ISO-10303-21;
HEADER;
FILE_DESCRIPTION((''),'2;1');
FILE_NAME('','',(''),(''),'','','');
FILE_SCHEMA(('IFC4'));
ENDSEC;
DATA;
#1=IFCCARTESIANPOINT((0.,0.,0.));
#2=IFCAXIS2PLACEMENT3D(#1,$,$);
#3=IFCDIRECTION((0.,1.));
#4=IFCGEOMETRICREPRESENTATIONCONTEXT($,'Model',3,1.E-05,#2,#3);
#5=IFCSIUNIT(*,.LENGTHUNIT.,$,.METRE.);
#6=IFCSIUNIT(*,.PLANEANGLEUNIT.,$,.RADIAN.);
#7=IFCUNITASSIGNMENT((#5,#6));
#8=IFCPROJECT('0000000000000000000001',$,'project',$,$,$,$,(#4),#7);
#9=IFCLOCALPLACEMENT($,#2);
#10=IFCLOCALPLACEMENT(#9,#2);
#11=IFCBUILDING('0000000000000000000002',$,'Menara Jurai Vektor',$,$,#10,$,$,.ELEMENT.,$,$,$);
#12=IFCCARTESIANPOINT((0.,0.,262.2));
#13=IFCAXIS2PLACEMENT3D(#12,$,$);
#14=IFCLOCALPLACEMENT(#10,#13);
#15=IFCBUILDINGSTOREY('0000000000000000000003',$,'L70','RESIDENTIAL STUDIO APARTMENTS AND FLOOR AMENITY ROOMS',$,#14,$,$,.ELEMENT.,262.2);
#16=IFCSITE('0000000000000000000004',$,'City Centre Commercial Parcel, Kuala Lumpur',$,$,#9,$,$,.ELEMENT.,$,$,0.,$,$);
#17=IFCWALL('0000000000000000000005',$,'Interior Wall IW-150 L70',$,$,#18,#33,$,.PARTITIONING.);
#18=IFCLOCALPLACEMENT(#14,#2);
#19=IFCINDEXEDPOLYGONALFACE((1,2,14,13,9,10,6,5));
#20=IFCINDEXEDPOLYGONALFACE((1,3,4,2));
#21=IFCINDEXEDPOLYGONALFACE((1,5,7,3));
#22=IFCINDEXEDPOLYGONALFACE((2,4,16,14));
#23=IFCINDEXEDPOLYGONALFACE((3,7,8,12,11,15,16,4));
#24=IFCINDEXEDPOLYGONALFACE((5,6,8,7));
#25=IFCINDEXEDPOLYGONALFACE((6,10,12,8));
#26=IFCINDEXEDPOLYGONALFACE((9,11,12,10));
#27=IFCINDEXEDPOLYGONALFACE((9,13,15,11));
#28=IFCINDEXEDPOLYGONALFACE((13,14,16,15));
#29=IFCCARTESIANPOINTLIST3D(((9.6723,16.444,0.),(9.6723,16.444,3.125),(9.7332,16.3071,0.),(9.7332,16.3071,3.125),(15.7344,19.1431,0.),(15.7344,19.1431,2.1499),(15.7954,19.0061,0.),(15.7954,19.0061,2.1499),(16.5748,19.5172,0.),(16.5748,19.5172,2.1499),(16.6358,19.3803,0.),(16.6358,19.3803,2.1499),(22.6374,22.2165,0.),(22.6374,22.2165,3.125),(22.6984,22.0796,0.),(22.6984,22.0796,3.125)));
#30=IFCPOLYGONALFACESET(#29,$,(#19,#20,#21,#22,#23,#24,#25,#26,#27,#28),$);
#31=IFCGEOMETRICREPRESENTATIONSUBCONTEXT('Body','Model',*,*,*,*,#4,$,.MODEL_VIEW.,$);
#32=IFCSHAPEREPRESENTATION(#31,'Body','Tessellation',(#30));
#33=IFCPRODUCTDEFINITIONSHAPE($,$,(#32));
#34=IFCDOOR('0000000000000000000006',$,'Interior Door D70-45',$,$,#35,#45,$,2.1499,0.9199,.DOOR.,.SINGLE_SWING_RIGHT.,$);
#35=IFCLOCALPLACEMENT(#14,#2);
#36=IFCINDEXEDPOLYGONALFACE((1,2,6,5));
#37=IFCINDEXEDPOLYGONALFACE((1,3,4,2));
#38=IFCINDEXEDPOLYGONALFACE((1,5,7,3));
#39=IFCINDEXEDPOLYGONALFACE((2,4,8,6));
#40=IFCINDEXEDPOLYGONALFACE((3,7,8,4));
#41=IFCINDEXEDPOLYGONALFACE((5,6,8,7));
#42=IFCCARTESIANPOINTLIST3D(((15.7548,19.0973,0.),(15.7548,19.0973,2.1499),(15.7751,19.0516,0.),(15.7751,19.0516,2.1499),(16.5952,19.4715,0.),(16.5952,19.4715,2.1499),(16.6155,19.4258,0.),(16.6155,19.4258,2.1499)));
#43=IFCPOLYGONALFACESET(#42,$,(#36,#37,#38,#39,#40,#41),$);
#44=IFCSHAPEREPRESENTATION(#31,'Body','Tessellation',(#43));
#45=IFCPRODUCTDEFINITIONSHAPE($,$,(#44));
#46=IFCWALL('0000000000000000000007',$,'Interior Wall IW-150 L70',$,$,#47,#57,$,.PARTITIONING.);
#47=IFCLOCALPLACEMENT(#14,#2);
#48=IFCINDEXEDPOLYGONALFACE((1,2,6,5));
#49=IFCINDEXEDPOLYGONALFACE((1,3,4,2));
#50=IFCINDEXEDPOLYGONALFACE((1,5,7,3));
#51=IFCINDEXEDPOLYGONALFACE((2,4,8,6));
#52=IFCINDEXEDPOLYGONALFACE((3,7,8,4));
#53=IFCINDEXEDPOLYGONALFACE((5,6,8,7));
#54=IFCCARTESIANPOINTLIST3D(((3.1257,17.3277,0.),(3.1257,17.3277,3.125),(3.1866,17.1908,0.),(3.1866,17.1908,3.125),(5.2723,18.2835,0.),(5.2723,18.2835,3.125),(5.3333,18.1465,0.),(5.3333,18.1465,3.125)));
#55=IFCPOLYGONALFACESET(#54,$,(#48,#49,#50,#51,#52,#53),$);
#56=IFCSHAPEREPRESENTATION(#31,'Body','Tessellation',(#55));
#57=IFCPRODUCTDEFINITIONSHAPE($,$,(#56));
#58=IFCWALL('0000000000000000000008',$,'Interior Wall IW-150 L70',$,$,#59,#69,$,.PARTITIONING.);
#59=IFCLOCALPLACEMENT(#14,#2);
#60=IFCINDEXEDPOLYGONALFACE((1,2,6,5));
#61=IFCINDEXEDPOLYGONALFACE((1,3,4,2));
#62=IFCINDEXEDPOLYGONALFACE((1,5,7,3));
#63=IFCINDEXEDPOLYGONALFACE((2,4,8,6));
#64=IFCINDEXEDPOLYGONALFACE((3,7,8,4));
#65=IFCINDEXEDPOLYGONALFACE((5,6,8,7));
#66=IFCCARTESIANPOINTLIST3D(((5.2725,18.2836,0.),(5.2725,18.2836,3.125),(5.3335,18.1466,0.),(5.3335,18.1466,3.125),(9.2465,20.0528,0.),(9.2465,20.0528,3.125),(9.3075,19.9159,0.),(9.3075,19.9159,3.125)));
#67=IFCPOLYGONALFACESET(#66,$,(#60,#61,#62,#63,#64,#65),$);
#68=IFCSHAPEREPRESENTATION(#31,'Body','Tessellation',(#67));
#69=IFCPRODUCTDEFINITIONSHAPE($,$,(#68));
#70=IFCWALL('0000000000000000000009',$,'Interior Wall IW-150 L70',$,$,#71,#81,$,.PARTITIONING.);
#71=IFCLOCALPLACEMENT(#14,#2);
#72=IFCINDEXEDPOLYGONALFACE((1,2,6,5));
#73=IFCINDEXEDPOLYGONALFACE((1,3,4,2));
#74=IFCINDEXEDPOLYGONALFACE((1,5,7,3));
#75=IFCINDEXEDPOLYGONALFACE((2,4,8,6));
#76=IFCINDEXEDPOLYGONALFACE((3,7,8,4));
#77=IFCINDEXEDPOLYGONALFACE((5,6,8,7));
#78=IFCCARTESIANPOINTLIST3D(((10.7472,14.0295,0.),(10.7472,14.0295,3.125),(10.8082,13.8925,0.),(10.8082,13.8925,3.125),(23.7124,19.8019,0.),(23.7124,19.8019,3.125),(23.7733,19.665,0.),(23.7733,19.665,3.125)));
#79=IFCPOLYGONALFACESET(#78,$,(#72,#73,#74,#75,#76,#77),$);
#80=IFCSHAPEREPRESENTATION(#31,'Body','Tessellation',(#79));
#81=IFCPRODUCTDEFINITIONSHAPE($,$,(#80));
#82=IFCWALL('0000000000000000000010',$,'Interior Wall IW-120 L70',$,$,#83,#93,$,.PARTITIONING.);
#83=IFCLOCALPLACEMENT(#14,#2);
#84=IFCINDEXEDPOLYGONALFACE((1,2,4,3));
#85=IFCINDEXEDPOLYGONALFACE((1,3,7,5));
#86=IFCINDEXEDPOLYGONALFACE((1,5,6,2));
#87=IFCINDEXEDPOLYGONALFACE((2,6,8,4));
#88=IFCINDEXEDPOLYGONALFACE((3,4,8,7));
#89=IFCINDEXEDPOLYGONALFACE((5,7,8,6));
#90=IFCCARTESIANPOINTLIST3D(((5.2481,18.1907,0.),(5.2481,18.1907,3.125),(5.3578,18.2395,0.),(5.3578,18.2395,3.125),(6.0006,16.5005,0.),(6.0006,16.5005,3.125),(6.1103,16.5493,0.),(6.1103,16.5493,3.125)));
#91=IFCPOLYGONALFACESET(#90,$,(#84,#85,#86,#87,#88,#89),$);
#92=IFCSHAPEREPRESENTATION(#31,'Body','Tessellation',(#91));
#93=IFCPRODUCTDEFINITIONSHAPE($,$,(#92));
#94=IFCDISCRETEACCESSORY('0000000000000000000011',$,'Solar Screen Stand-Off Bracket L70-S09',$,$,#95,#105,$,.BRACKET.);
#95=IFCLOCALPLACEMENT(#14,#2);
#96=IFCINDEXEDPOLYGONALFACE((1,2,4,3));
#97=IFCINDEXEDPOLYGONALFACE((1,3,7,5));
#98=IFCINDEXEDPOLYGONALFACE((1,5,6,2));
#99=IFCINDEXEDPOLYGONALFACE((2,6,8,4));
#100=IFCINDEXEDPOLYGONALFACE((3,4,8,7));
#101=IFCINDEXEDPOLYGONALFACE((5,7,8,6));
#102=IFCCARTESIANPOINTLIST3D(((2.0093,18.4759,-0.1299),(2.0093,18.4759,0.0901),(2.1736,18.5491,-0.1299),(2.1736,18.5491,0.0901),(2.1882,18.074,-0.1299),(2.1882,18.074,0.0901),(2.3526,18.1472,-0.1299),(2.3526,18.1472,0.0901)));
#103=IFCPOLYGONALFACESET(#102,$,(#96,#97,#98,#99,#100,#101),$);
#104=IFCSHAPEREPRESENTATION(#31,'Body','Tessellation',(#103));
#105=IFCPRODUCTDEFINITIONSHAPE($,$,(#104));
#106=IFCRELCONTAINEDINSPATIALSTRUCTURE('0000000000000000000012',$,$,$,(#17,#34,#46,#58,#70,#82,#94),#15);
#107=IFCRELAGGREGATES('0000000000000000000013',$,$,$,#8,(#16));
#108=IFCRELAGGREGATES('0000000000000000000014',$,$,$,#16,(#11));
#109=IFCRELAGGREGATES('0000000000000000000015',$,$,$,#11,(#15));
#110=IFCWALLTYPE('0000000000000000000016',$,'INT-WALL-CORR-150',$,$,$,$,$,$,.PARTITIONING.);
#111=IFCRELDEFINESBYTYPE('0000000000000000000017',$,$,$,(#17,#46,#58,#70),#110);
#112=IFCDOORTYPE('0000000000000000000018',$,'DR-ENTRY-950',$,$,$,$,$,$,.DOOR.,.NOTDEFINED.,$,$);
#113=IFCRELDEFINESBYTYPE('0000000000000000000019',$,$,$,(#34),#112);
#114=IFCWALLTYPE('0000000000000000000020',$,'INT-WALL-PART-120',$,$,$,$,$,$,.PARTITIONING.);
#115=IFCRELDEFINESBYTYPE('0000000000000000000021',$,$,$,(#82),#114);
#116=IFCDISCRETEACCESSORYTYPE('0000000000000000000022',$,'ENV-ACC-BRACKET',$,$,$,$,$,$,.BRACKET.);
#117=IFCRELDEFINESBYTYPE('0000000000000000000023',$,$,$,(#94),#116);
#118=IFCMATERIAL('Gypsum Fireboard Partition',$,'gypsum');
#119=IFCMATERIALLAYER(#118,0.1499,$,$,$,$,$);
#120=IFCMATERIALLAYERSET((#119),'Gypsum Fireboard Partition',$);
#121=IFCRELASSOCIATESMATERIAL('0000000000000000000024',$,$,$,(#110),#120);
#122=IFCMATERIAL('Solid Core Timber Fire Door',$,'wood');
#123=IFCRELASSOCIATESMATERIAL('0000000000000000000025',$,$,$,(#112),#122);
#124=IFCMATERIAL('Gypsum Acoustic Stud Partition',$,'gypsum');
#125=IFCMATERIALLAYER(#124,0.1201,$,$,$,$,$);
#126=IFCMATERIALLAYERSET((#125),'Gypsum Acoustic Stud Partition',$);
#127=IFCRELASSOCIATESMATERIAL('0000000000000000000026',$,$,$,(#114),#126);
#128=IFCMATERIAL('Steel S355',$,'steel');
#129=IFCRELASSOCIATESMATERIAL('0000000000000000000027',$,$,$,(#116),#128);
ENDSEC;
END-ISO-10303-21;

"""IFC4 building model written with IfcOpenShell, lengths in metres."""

from ifc_helpers import new_model, si_unit, direction, frame, frame_2d, origin, origin_2d, place, context, subcontext, project, spatial, rectangle, extrude, material, layer, layer_set, type_object, element, fill, save


model = new_model("IFC4")

# Units and contexts
model_context = context("Model", 3, precision=1e-05, world=origin(), true_north=direction((0.0, 1.0)))
body_context = subcontext(model_context, "Body", "Model", "MODEL_VIEW")
ifc_project = project(units=[si_unit("LENGTHUNIT", "METRE"), si_unit("PLANEANGLEUNIT", "RADIAN")], contexts=[model_context])

# Site, building, storey
site_placement = place(None, origin())
site = spatial("IfcSite", under=ifc_project, at=site_placement, Name="City Centre Commercial Parcel, Kuala Lumpur", CompositionType="ELEMENT", RefElevation=0.0)
building_placement = place(site_placement, origin())
building = spatial("IfcBuilding", under=site, at=building_placement, Name="Menara Jurai Vektor", CompositionType="ELEMENT")
storey_placement = place(building_placement, frame((0.0, 0.0, 262.2)))
storey = spatial("IfcBuildingStorey", under=building, at=storey_placement, Name="L70", Description="RESIDENTIAL STUDIO APARTMENTS AND FLOOR AMENITY ROOMS", CompositionType="ELEMENT", Elevation=262.2)

# Shared definitions
ifc_material_1 = material(Name="Steel S355", Category="steel")

# Shared definitions
ifc_material_2 = material(Name="Gypsum Fireboard Partition", Category="gypsum")
ifc_layer_1 = layer(ifc_material_2, 0.1499)
ifc_layer_set_1 = layer_set([ifc_layer_1], Name="Gypsum Fireboard Partition")
wall_type_1 = type_object("IfcWallType", Name="INT-WALL-CORR-150", PredefinedType="PARTITIONING", material=ifc_layer_set_1)
ifc_material_3 = material(Name="Solid Core Timber Fire Door", Category="wood")
door_type_1 = type_object("IfcDoorType", Name="DR-ENTRY-950", OperationType="NOTDEFINED", PredefinedType="DOOR", material=ifc_material_3)

# Wall, opening, door
wall_1_placement = place(storey_placement, frame((9.7026, 16.3755, 0.0), z_axis=(0.0, 0.0, 1.0), x_axis=(0.913545, 0.406739, 0.0)))
wall_1 = element("IfcWall", 1, at=wall_1_placement, inside=storey, type_object=wall_type_1, Name="Interior Wall IW-150 L70", PredefinedType="PARTITIONING", context=body_context, shape_type="SweptSolid", body=[
    extrude(rectangle(XDim=14.1921, YDim=0.1499, at=frame_2d((7.0962, 0.0))), origin(), (0.0, 0.0, 1.0), 3.125),
])
opening_1_placement = place(wall_1_placement, frame((6.636, 0.0, 0.0)))
opening_1 = element("IfcOpeningElement", 2, at=opening_1_placement, cuts=wall_1, PredefinedType="OPENING", context=body_context, shape_type="SweptSolid", body=[
    extrude(rectangle(XDim=0.9199, YDim=2.1499, at=frame_2d((0.46, 1.075))), frame((0.0, 0.085, 0.0), z_axis=(0.0, -1.0, 0.0), x_axis=(1.0, 0.0, 0.0)), (0.0, 0.0, 1.0), 0.1699),
])
door_1_placement = place(opening_1_placement, origin())
door_1 = element("IfcDoor", 3, at=door_1_placement, inside=storey, type_object=door_type_1, Name="Interior Door D70-45", OperationType="SINGLE_SWING_RIGHT", OverallHeight=2.1499, OverallWidth=0.9199, PredefinedType="DOOR", context=body_context, shape_type="SweptSolid", body=[
    extrude(rectangle(XDim=0.9199, YDim=2.1499, at=frame_2d((0.46, 1.075))), frame((0.0, 0.0249, 0.0), z_axis=(0.0, -1.0, 0.0), x_axis=(1.0, 0.0, 0.0)), (0.0, 0.0, 1.0), 0.05),
])
fill(opening_1, door_1)

# Walls
wall_2_placement = place(storey_placement, frame((3.1562, 17.2593, 0.0), z_axis=(0.0, 0.0, 1.0), x_axis=(0.913541, 0.406746, 0.0)))
element("IfcWall", 4, at=wall_2_placement, inside=storey, type_object=wall_type_1, Name="Interior Wall IW-150 L70", PredefinedType="PARTITIONING", context=body_context, shape_type="SweptSolid", body=[
    extrude(rectangle(XDim=2.3499, YDim=0.1499, at=frame_2d((1.1748, 0.0))), origin(), (0.0, 0.0, 1.0), 3.125),
])
wall_3_placement = place(storey_placement, frame((5.303, 18.2151, 0.0), z_axis=(0.0, 0.0, 1.0), x_axis=(0.913554, 0.406716, 0.0)))
element("IfcWall", 5, at=wall_3_placement, inside=storey, type_object=wall_type_1, Name="Interior Wall IW-150 L70", PredefinedType="PARTITIONING", context=body_context, shape_type="SweptSolid", body=[
    extrude(rectangle(XDim=4.3501, YDim=0.1499, at=frame_2d((2.175, 0.0))), origin(), (0.0, 0.0, 1.0), 3.125),
])

# Walls
wall_4_placement = place(storey_placement, frame((10.7776, 13.9609, 0.0), z_axis=(0.0, 0.0, 1.0), x_axis=(0.913545, 0.406739, 0.0)))
element("IfcWall", 6, at=wall_4_placement, inside=storey, type_object=wall_type_1, Name="Interior Wall IW-150 L70", PredefinedType="PARTITIONING", context=body_context, shape_type="SweptSolid", body=[
    extrude(rectangle(XDim=14.1921, YDim=0.1499, at=frame_2d((7.0962, 0.0))), origin(), (0.0, 0.0, 1.0), 3.125),
])
ifc_material_4 = material(Name="Gypsum Acoustic Stud Partition", Category="gypsum")
ifc_layer_2 = layer(ifc_material_4, 0.1201)
ifc_layer_set_2 = layer_set([ifc_layer_2], Name="Gypsum Acoustic Stud Partition")
wall_type_2 = type_object("IfcWallType", Name="INT-WALL-PART-120", PredefinedType="PARTITIONING", material=ifc_layer_set_2)
wall_5_placement = place(storey_placement, frame((6.0554, 16.5249, 0.0), z_axis=(0.0, 0.0, 1.0), x_axis=(-0.406702, 0.913561, 0.0)))
element("IfcWall", 7, at=wall_5_placement, inside=storey, type_object=wall_type_2, Name="Interior Wall IW-120 L70", PredefinedType="PARTITIONING", context=body_context, shape_type="SweptSolid", body=[
    extrude(rectangle(XDim=1.8501, YDim=0.1201, at=frame_2d((0.925, 0.0))), origin(), (0.0, 0.0, 1.0), 3.125),
])

# Discrete accessory
discrete_accessory_type = type_object("IfcDiscreteAccessoryType", Name="ENV-ACC-BRACKET", PredefinedType="BRACKET", material=ifc_material_1)
discrete_accessory_placement = place(storey_placement, frame((2.1809, 18.3115, -0.1299), z_axis=(0.0, 0.0, 1.0), x_axis=(-0.913545, -0.406737, 0.0)))
element("IfcDiscreteAccessory", 8, at=discrete_accessory_placement, inside=storey, type_object=discrete_accessory_type, Name="Solar Screen Stand-Off Bracket L70-S09", PredefinedType="BRACKET", context=body_context, shape_type="SweptSolid", body=[
    extrude(rectangle(XDim=0.1799, YDim=0.4399, at=origin_2d()), origin(), (0.0, 0.0, 1.0), 0.22),
])

save(model, "model.ifc")
